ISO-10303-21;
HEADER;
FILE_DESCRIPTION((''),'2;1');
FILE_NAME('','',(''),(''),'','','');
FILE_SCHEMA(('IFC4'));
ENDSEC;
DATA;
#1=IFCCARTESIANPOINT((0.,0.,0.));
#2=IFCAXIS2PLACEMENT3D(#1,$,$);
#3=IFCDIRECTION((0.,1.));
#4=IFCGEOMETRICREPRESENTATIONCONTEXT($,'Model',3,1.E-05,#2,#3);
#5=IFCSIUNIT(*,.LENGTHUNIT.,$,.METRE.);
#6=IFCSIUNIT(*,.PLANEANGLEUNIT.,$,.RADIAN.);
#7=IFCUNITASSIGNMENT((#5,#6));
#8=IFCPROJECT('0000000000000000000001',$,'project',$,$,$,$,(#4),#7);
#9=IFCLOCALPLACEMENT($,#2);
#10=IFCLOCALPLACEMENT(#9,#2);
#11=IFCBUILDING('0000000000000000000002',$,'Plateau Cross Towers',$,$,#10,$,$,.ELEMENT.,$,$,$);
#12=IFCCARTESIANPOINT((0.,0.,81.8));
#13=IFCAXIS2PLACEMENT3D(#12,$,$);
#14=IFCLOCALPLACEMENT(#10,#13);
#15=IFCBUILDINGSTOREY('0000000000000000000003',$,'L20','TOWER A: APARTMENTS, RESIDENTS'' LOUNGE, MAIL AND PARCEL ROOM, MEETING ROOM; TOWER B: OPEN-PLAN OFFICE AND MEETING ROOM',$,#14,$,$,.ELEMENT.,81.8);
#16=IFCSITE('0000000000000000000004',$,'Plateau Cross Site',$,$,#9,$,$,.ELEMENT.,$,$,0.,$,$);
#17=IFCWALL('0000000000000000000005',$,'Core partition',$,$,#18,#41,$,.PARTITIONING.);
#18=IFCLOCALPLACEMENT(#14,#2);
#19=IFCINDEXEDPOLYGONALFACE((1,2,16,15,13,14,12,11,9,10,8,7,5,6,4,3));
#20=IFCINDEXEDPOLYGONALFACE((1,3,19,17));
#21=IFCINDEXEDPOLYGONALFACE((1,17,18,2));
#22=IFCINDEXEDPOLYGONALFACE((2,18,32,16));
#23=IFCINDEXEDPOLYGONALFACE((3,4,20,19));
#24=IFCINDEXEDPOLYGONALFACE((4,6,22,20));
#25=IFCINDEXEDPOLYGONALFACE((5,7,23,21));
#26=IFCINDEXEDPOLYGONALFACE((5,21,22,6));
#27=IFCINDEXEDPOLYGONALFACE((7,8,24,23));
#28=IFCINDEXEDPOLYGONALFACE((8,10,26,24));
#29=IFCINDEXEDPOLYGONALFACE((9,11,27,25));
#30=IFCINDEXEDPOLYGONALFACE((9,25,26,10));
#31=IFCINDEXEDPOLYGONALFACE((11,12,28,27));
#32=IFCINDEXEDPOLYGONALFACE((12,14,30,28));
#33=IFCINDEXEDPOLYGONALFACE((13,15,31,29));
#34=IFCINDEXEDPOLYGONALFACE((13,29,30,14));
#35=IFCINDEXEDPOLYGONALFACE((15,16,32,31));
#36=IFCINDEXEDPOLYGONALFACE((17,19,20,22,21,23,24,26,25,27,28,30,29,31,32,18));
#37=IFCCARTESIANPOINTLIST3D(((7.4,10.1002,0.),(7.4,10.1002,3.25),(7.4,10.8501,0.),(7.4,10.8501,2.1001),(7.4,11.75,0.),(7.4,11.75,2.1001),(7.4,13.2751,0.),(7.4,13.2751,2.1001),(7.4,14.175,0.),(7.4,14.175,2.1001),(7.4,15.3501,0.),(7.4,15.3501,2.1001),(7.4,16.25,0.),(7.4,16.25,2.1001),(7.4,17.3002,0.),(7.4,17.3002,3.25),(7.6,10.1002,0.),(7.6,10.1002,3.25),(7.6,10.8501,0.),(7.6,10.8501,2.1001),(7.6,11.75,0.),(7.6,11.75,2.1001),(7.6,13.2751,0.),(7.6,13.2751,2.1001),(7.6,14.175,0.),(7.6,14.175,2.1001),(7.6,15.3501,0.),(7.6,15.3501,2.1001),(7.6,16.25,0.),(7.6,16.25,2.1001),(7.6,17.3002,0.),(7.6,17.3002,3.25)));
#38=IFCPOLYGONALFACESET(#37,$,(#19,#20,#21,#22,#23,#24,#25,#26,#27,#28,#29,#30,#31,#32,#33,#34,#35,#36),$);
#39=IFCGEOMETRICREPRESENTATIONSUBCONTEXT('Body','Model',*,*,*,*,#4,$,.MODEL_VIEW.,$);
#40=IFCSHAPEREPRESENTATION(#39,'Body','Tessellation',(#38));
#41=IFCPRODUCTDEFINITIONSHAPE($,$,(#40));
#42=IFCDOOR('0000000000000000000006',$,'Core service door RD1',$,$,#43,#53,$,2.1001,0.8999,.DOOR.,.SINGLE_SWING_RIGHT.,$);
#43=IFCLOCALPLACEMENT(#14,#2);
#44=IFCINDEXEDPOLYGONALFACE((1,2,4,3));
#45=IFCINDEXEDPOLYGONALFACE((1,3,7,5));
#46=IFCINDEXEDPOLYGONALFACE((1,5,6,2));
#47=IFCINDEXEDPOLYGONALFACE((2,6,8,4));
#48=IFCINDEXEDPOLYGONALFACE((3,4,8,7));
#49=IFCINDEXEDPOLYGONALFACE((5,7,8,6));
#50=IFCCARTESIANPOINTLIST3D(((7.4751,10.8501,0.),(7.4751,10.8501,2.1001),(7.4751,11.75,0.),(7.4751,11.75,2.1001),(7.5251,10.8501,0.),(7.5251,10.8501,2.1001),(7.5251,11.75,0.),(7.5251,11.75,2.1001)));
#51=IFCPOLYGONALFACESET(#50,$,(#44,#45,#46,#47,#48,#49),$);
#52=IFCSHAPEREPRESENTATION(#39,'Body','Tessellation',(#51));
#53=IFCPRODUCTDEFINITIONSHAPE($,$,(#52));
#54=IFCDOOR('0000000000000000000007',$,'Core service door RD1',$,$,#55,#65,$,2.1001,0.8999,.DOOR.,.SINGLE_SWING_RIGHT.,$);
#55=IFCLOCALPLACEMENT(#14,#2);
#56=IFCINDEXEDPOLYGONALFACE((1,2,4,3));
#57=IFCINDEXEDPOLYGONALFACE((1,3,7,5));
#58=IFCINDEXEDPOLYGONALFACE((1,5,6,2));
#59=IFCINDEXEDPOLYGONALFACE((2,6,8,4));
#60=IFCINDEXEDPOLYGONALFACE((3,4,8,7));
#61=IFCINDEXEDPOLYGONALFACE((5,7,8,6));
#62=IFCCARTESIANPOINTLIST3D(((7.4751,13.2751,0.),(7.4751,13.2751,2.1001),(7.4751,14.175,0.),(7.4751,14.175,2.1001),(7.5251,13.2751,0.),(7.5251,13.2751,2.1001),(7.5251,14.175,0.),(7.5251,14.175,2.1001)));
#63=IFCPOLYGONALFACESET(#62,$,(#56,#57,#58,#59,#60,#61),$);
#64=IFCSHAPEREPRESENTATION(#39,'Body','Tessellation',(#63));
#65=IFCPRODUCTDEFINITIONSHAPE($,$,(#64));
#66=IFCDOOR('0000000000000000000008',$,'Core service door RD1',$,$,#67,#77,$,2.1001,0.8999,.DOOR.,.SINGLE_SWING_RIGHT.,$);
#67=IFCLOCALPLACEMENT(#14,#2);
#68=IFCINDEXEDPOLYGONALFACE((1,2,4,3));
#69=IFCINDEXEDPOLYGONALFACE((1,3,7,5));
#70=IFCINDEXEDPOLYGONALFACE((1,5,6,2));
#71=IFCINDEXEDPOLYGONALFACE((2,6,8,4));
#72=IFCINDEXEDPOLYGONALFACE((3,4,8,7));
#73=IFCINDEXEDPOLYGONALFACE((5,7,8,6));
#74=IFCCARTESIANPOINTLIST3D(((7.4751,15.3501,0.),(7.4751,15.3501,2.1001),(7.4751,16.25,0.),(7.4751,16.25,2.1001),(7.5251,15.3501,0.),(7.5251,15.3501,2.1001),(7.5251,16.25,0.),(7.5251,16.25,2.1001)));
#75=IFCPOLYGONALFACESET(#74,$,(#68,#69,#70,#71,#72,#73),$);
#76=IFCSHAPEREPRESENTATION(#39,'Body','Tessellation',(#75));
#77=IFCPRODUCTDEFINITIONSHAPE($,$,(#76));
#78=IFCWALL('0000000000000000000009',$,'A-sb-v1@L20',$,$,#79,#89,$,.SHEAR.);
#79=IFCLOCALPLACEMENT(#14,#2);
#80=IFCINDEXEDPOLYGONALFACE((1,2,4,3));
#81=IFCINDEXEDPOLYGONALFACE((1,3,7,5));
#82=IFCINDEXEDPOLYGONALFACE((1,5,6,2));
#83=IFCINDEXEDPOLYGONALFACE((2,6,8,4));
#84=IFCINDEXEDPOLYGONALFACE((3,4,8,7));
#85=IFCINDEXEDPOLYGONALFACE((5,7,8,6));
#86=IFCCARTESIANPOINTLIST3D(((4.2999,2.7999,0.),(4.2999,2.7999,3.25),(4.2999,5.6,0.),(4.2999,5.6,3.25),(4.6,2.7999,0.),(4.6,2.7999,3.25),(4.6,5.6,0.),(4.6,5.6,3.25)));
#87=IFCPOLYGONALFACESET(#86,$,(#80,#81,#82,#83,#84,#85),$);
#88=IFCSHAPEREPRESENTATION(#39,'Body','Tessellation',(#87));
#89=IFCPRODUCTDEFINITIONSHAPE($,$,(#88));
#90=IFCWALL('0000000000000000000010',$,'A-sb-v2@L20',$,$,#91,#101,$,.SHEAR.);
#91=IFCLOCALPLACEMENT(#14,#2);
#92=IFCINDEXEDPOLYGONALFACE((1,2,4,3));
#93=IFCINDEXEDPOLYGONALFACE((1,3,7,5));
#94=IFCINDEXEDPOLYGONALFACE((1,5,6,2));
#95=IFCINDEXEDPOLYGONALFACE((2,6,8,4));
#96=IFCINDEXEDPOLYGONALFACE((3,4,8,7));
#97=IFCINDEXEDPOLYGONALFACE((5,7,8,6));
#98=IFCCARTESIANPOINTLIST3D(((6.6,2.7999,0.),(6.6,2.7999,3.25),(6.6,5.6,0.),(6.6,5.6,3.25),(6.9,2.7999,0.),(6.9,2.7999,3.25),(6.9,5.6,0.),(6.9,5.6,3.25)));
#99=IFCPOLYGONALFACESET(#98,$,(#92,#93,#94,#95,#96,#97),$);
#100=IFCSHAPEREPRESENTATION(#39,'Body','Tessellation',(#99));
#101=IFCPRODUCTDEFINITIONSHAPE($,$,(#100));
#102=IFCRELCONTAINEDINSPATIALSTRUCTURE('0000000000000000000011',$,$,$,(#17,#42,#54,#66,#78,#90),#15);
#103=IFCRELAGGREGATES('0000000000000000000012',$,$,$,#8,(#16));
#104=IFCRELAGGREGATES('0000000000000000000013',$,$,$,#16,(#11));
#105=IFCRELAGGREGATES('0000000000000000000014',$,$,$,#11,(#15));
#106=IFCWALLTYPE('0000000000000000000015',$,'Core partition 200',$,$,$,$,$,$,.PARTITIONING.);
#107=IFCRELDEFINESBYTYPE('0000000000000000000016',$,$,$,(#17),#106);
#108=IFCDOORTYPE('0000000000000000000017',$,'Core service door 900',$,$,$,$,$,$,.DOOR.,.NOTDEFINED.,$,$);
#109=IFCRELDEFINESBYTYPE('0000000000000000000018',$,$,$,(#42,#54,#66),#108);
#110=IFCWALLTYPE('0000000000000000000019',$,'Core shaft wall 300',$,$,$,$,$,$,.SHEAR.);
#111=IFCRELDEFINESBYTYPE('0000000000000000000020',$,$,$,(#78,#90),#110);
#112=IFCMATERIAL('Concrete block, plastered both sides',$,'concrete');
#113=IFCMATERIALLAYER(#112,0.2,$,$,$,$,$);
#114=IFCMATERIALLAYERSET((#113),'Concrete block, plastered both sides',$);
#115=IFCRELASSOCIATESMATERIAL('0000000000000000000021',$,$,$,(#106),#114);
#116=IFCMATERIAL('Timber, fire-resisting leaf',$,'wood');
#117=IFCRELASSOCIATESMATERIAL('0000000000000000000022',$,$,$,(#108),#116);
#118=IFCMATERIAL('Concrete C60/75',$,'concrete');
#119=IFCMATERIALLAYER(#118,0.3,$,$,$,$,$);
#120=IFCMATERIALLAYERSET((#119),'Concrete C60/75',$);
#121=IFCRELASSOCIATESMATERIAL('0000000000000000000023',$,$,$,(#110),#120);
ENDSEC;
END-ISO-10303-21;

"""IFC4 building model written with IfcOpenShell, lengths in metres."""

from ifc_helpers import new_model, si_unit, direction, frame, frame_2d, origin, place, context, subcontext, project, spatial, rectangle, extrude, material, layer, layer_set, type_object, element, fill, save


model = new_model("IFC4")

# Units and contexts
model_context = context("Model", 3, precision=1e-05, world=origin(), true_north=direction((0.0, 1.0)))
body_context = subcontext(model_context, "Body", "Model", "MODEL_VIEW")
ifc_project = project(units=[si_unit("LENGTHUNIT", "METRE"), si_unit("PLANEANGLEUNIT", "RADIAN")], contexts=[model_context])

# Site, building, storey
site_placement = place(None, origin())
site = spatial("IfcSite", under=ifc_project, at=site_placement, Name="Plateau Cross Site", CompositionType="ELEMENT", RefElevation=0.0)
building_placement = place(site_placement, origin())
building = spatial("IfcBuilding", under=site, at=building_placement, Name="Plateau Cross Towers", CompositionType="ELEMENT")
storey_placement = place(building_placement, frame((0.0, 0.0, 81.8)))
storey = spatial("IfcBuildingStorey", under=building, at=storey_placement, Name="L20", Description="TOWER A: APARTMENTS, RESIDENTS' LOUNGE, MAIL AND PARCEL ROOM, MEETING ROOM; TOWER B: OPEN-PLAN OFFICE AND MEETING ROOM", CompositionType="ELEMENT", Elevation=81.8)

# Shared definitions
ifc_material_1 = material(Name="Concrete block, plastered both sides", Category="concrete")
ifc_layer_1 = layer(ifc_material_1, 0.2)
ifc_layer_set_1 = layer_set([ifc_layer_1], Name="Concrete block, plastered both sides")
wall_type_1 = type_object("IfcWallType", Name="Core partition 200", PredefinedType="PARTITIONING", material=ifc_layer_set_1)

# Wall, openings, doors
wall_1_placement = place(storey_placement, frame((7.5, 10.1001, 0.0), z_axis=(0.0, 0.0, 1.0), x_axis=(0.0, 1.0, 0.0)))
wall_1 = element("IfcWall", 1, at=wall_1_placement, inside=storey, type_object=wall_type_1, Name="Core partition", PredefinedType="PARTITIONING", context=body_context, shape_type="SweptSolid", body=[
    extrude(rectangle(XDim=7.2, YDim=0.2, at=frame_2d((3.6001, 0.0))), origin(), (0.0, 0.0, 1.0), 3.25),
])
opening_1_placement = place(wall_1_placement, frame((0.75, 0.0, 0.0)))
opening_1 = element("IfcOpeningElement", 2, at=opening_1_placement, cuts=wall_1, PredefinedType="OPENING", context=body_context, shape_type="SweptSolid", body=[
    extrude(rectangle(XDim=0.8999, YDim=2.1001, at=frame_2d((0.45, 1.05))), frame((0.0, 0.1099, 0.0), z_axis=(0.0, -1.0, 0.0), x_axis=(1.0, 0.0, 0.0)), (0.0, 0.0, 1.0), 0.22),
])
opening_2_placement = place(wall_1_placement, frame((3.175, 0.0, 0.0)))
opening_2 = element("IfcOpeningElement", 3, at=opening_2_placement, cuts=wall_1, PredefinedType="OPENING", context=body_context, shape_type="SweptSolid", body=[
    extrude(rectangle(XDim=0.8999, YDim=2.1001, at=frame_2d((0.45, 1.05))), frame((0.0, 0.1099, 0.0), z_axis=(0.0, -1.0, 0.0), x_axis=(1.0, 0.0, 0.0)), (0.0, 0.0, 1.0), 0.22),
])
opening_3_placement = place(wall_1_placement, frame((5.25, 0.0, 0.0)))
opening_3 = element("IfcOpeningElement", 4, at=opening_3_placement, cuts=wall_1, PredefinedType="OPENING", context=body_context, shape_type="SweptSolid", body=[
    extrude(rectangle(XDim=0.8999, YDim=2.1001, at=frame_2d((0.45, 1.05))), frame((0.0, 0.1099, 0.0), z_axis=(0.0, -1.0, 0.0), x_axis=(1.0, 0.0, 0.0)), (0.0, 0.0, 1.0), 0.22),
])
ifc_material_2 = material(Name="Timber, fire-resisting leaf", Category="wood")
door_type_1 = type_object("IfcDoorType", Name="Core service door 900", OperationType="NOTDEFINED", PredefinedType="DOOR", material=ifc_material_2)
door_1_placement = place(opening_1_placement, origin())
door_1 = element("IfcDoor", 5, at=door_1_placement, inside=storey, type_object=door_type_1, Name="Core service door RD1", OperationType="SINGLE_SWING_RIGHT", OverallHeight=2.1001, OverallWidth=0.8999, PredefinedType="DOOR", context=body_context, shape_type="SweptSolid", body=[
    extrude(rectangle(XDim=0.8999, YDim=2.1001, at=frame_2d((0.45, 1.05))), frame((0.0, 0.0249, 0.0), z_axis=(0.0, -1.0, 0.0), x_axis=(1.0, 0.0, 0.0)), (0.0, 0.0, 1.0), 0.05),
])
fill(opening_1, door_1)
door_2_placement = place(opening_2_placement, origin())
door_2 = element("IfcDoor", 6, at=door_2_placement, inside=storey, type_object=door_type_1, Name="Core service door RD1", OperationType="SINGLE_SWING_RIGHT", OverallHeight=2.1001, OverallWidth=0.8999, PredefinedType="DOOR", context=body_context, shape_type="SweptSolid", body=[
    extrude(rectangle(XDim=0.8999, YDim=2.1001, at=frame_2d((0.45, 1.05))), frame((0.0, 0.0249, 0.0), z_axis=(0.0, -1.0, 0.0), x_axis=(1.0, 0.0, 0.0)), (0.0, 0.0, 1.0), 0.05),
])
fill(opening_2, door_2)
door_3_placement = place(opening_3_placement, origin())
door_3 = element("IfcDoor", 7, at=door_3_placement, inside=storey, type_object=door_type_1, Name="Core service door RD1", OperationType="SINGLE_SWING_RIGHT", OverallHeight=2.1001, OverallWidth=0.8999, PredefinedType="DOOR", context=body_context, shape_type="SweptSolid", body=[
    extrude(rectangle(XDim=0.8999, YDim=2.1001, at=frame_2d((0.45, 1.05))), frame((0.0, 0.0249, 0.0), z_axis=(0.0, -1.0, 0.0), x_axis=(1.0, 0.0, 0.0)), (0.0, 0.0, 1.0), 0.05),
])
fill(opening_3, door_3)

# Walls
ifc_material_3 = material(Name="Concrete C60/75", Category="concrete")
ifc_layer_2 = layer(ifc_material_3, 0.3)
ifc_layer_set_2 = layer_set([ifc_layer_2], Name="Concrete C60/75")
wall_type_2 = type_object("IfcWallType", Name="Core shaft wall 300", PredefinedType="SHEAR", material=ifc_layer_set_2)
for number, where, z_axis, x_axis, name in (
    (8, (4.45, 2.8, 0.0), (0.0, 0.0, 1.0), (0.0, 1.0, 0.0), "A-sb-v1@L20"),
    (9, (6.75, 2.8, 0.0), (0.0, 0.0, 1.0), (0.0, 1.0, 0.0), "A-sb-v2@L20"),
):
    element("IfcWall", number, at=place(storey_placement, frame(where, z_axis=z_axis, x_axis=x_axis)), inside=storey, type_object=wall_type_2, Name=name, PredefinedType="SHEAR", context=body_context, shape_type="SweptSolid", body=[
        extrude(rectangle(XDim=2.8, YDim=0.3, at=frame_2d((1.3999, 0.0))), origin(), (0.0, 0.0, 1.0), 3.25),
    ])

save(model, "model.ifc")
